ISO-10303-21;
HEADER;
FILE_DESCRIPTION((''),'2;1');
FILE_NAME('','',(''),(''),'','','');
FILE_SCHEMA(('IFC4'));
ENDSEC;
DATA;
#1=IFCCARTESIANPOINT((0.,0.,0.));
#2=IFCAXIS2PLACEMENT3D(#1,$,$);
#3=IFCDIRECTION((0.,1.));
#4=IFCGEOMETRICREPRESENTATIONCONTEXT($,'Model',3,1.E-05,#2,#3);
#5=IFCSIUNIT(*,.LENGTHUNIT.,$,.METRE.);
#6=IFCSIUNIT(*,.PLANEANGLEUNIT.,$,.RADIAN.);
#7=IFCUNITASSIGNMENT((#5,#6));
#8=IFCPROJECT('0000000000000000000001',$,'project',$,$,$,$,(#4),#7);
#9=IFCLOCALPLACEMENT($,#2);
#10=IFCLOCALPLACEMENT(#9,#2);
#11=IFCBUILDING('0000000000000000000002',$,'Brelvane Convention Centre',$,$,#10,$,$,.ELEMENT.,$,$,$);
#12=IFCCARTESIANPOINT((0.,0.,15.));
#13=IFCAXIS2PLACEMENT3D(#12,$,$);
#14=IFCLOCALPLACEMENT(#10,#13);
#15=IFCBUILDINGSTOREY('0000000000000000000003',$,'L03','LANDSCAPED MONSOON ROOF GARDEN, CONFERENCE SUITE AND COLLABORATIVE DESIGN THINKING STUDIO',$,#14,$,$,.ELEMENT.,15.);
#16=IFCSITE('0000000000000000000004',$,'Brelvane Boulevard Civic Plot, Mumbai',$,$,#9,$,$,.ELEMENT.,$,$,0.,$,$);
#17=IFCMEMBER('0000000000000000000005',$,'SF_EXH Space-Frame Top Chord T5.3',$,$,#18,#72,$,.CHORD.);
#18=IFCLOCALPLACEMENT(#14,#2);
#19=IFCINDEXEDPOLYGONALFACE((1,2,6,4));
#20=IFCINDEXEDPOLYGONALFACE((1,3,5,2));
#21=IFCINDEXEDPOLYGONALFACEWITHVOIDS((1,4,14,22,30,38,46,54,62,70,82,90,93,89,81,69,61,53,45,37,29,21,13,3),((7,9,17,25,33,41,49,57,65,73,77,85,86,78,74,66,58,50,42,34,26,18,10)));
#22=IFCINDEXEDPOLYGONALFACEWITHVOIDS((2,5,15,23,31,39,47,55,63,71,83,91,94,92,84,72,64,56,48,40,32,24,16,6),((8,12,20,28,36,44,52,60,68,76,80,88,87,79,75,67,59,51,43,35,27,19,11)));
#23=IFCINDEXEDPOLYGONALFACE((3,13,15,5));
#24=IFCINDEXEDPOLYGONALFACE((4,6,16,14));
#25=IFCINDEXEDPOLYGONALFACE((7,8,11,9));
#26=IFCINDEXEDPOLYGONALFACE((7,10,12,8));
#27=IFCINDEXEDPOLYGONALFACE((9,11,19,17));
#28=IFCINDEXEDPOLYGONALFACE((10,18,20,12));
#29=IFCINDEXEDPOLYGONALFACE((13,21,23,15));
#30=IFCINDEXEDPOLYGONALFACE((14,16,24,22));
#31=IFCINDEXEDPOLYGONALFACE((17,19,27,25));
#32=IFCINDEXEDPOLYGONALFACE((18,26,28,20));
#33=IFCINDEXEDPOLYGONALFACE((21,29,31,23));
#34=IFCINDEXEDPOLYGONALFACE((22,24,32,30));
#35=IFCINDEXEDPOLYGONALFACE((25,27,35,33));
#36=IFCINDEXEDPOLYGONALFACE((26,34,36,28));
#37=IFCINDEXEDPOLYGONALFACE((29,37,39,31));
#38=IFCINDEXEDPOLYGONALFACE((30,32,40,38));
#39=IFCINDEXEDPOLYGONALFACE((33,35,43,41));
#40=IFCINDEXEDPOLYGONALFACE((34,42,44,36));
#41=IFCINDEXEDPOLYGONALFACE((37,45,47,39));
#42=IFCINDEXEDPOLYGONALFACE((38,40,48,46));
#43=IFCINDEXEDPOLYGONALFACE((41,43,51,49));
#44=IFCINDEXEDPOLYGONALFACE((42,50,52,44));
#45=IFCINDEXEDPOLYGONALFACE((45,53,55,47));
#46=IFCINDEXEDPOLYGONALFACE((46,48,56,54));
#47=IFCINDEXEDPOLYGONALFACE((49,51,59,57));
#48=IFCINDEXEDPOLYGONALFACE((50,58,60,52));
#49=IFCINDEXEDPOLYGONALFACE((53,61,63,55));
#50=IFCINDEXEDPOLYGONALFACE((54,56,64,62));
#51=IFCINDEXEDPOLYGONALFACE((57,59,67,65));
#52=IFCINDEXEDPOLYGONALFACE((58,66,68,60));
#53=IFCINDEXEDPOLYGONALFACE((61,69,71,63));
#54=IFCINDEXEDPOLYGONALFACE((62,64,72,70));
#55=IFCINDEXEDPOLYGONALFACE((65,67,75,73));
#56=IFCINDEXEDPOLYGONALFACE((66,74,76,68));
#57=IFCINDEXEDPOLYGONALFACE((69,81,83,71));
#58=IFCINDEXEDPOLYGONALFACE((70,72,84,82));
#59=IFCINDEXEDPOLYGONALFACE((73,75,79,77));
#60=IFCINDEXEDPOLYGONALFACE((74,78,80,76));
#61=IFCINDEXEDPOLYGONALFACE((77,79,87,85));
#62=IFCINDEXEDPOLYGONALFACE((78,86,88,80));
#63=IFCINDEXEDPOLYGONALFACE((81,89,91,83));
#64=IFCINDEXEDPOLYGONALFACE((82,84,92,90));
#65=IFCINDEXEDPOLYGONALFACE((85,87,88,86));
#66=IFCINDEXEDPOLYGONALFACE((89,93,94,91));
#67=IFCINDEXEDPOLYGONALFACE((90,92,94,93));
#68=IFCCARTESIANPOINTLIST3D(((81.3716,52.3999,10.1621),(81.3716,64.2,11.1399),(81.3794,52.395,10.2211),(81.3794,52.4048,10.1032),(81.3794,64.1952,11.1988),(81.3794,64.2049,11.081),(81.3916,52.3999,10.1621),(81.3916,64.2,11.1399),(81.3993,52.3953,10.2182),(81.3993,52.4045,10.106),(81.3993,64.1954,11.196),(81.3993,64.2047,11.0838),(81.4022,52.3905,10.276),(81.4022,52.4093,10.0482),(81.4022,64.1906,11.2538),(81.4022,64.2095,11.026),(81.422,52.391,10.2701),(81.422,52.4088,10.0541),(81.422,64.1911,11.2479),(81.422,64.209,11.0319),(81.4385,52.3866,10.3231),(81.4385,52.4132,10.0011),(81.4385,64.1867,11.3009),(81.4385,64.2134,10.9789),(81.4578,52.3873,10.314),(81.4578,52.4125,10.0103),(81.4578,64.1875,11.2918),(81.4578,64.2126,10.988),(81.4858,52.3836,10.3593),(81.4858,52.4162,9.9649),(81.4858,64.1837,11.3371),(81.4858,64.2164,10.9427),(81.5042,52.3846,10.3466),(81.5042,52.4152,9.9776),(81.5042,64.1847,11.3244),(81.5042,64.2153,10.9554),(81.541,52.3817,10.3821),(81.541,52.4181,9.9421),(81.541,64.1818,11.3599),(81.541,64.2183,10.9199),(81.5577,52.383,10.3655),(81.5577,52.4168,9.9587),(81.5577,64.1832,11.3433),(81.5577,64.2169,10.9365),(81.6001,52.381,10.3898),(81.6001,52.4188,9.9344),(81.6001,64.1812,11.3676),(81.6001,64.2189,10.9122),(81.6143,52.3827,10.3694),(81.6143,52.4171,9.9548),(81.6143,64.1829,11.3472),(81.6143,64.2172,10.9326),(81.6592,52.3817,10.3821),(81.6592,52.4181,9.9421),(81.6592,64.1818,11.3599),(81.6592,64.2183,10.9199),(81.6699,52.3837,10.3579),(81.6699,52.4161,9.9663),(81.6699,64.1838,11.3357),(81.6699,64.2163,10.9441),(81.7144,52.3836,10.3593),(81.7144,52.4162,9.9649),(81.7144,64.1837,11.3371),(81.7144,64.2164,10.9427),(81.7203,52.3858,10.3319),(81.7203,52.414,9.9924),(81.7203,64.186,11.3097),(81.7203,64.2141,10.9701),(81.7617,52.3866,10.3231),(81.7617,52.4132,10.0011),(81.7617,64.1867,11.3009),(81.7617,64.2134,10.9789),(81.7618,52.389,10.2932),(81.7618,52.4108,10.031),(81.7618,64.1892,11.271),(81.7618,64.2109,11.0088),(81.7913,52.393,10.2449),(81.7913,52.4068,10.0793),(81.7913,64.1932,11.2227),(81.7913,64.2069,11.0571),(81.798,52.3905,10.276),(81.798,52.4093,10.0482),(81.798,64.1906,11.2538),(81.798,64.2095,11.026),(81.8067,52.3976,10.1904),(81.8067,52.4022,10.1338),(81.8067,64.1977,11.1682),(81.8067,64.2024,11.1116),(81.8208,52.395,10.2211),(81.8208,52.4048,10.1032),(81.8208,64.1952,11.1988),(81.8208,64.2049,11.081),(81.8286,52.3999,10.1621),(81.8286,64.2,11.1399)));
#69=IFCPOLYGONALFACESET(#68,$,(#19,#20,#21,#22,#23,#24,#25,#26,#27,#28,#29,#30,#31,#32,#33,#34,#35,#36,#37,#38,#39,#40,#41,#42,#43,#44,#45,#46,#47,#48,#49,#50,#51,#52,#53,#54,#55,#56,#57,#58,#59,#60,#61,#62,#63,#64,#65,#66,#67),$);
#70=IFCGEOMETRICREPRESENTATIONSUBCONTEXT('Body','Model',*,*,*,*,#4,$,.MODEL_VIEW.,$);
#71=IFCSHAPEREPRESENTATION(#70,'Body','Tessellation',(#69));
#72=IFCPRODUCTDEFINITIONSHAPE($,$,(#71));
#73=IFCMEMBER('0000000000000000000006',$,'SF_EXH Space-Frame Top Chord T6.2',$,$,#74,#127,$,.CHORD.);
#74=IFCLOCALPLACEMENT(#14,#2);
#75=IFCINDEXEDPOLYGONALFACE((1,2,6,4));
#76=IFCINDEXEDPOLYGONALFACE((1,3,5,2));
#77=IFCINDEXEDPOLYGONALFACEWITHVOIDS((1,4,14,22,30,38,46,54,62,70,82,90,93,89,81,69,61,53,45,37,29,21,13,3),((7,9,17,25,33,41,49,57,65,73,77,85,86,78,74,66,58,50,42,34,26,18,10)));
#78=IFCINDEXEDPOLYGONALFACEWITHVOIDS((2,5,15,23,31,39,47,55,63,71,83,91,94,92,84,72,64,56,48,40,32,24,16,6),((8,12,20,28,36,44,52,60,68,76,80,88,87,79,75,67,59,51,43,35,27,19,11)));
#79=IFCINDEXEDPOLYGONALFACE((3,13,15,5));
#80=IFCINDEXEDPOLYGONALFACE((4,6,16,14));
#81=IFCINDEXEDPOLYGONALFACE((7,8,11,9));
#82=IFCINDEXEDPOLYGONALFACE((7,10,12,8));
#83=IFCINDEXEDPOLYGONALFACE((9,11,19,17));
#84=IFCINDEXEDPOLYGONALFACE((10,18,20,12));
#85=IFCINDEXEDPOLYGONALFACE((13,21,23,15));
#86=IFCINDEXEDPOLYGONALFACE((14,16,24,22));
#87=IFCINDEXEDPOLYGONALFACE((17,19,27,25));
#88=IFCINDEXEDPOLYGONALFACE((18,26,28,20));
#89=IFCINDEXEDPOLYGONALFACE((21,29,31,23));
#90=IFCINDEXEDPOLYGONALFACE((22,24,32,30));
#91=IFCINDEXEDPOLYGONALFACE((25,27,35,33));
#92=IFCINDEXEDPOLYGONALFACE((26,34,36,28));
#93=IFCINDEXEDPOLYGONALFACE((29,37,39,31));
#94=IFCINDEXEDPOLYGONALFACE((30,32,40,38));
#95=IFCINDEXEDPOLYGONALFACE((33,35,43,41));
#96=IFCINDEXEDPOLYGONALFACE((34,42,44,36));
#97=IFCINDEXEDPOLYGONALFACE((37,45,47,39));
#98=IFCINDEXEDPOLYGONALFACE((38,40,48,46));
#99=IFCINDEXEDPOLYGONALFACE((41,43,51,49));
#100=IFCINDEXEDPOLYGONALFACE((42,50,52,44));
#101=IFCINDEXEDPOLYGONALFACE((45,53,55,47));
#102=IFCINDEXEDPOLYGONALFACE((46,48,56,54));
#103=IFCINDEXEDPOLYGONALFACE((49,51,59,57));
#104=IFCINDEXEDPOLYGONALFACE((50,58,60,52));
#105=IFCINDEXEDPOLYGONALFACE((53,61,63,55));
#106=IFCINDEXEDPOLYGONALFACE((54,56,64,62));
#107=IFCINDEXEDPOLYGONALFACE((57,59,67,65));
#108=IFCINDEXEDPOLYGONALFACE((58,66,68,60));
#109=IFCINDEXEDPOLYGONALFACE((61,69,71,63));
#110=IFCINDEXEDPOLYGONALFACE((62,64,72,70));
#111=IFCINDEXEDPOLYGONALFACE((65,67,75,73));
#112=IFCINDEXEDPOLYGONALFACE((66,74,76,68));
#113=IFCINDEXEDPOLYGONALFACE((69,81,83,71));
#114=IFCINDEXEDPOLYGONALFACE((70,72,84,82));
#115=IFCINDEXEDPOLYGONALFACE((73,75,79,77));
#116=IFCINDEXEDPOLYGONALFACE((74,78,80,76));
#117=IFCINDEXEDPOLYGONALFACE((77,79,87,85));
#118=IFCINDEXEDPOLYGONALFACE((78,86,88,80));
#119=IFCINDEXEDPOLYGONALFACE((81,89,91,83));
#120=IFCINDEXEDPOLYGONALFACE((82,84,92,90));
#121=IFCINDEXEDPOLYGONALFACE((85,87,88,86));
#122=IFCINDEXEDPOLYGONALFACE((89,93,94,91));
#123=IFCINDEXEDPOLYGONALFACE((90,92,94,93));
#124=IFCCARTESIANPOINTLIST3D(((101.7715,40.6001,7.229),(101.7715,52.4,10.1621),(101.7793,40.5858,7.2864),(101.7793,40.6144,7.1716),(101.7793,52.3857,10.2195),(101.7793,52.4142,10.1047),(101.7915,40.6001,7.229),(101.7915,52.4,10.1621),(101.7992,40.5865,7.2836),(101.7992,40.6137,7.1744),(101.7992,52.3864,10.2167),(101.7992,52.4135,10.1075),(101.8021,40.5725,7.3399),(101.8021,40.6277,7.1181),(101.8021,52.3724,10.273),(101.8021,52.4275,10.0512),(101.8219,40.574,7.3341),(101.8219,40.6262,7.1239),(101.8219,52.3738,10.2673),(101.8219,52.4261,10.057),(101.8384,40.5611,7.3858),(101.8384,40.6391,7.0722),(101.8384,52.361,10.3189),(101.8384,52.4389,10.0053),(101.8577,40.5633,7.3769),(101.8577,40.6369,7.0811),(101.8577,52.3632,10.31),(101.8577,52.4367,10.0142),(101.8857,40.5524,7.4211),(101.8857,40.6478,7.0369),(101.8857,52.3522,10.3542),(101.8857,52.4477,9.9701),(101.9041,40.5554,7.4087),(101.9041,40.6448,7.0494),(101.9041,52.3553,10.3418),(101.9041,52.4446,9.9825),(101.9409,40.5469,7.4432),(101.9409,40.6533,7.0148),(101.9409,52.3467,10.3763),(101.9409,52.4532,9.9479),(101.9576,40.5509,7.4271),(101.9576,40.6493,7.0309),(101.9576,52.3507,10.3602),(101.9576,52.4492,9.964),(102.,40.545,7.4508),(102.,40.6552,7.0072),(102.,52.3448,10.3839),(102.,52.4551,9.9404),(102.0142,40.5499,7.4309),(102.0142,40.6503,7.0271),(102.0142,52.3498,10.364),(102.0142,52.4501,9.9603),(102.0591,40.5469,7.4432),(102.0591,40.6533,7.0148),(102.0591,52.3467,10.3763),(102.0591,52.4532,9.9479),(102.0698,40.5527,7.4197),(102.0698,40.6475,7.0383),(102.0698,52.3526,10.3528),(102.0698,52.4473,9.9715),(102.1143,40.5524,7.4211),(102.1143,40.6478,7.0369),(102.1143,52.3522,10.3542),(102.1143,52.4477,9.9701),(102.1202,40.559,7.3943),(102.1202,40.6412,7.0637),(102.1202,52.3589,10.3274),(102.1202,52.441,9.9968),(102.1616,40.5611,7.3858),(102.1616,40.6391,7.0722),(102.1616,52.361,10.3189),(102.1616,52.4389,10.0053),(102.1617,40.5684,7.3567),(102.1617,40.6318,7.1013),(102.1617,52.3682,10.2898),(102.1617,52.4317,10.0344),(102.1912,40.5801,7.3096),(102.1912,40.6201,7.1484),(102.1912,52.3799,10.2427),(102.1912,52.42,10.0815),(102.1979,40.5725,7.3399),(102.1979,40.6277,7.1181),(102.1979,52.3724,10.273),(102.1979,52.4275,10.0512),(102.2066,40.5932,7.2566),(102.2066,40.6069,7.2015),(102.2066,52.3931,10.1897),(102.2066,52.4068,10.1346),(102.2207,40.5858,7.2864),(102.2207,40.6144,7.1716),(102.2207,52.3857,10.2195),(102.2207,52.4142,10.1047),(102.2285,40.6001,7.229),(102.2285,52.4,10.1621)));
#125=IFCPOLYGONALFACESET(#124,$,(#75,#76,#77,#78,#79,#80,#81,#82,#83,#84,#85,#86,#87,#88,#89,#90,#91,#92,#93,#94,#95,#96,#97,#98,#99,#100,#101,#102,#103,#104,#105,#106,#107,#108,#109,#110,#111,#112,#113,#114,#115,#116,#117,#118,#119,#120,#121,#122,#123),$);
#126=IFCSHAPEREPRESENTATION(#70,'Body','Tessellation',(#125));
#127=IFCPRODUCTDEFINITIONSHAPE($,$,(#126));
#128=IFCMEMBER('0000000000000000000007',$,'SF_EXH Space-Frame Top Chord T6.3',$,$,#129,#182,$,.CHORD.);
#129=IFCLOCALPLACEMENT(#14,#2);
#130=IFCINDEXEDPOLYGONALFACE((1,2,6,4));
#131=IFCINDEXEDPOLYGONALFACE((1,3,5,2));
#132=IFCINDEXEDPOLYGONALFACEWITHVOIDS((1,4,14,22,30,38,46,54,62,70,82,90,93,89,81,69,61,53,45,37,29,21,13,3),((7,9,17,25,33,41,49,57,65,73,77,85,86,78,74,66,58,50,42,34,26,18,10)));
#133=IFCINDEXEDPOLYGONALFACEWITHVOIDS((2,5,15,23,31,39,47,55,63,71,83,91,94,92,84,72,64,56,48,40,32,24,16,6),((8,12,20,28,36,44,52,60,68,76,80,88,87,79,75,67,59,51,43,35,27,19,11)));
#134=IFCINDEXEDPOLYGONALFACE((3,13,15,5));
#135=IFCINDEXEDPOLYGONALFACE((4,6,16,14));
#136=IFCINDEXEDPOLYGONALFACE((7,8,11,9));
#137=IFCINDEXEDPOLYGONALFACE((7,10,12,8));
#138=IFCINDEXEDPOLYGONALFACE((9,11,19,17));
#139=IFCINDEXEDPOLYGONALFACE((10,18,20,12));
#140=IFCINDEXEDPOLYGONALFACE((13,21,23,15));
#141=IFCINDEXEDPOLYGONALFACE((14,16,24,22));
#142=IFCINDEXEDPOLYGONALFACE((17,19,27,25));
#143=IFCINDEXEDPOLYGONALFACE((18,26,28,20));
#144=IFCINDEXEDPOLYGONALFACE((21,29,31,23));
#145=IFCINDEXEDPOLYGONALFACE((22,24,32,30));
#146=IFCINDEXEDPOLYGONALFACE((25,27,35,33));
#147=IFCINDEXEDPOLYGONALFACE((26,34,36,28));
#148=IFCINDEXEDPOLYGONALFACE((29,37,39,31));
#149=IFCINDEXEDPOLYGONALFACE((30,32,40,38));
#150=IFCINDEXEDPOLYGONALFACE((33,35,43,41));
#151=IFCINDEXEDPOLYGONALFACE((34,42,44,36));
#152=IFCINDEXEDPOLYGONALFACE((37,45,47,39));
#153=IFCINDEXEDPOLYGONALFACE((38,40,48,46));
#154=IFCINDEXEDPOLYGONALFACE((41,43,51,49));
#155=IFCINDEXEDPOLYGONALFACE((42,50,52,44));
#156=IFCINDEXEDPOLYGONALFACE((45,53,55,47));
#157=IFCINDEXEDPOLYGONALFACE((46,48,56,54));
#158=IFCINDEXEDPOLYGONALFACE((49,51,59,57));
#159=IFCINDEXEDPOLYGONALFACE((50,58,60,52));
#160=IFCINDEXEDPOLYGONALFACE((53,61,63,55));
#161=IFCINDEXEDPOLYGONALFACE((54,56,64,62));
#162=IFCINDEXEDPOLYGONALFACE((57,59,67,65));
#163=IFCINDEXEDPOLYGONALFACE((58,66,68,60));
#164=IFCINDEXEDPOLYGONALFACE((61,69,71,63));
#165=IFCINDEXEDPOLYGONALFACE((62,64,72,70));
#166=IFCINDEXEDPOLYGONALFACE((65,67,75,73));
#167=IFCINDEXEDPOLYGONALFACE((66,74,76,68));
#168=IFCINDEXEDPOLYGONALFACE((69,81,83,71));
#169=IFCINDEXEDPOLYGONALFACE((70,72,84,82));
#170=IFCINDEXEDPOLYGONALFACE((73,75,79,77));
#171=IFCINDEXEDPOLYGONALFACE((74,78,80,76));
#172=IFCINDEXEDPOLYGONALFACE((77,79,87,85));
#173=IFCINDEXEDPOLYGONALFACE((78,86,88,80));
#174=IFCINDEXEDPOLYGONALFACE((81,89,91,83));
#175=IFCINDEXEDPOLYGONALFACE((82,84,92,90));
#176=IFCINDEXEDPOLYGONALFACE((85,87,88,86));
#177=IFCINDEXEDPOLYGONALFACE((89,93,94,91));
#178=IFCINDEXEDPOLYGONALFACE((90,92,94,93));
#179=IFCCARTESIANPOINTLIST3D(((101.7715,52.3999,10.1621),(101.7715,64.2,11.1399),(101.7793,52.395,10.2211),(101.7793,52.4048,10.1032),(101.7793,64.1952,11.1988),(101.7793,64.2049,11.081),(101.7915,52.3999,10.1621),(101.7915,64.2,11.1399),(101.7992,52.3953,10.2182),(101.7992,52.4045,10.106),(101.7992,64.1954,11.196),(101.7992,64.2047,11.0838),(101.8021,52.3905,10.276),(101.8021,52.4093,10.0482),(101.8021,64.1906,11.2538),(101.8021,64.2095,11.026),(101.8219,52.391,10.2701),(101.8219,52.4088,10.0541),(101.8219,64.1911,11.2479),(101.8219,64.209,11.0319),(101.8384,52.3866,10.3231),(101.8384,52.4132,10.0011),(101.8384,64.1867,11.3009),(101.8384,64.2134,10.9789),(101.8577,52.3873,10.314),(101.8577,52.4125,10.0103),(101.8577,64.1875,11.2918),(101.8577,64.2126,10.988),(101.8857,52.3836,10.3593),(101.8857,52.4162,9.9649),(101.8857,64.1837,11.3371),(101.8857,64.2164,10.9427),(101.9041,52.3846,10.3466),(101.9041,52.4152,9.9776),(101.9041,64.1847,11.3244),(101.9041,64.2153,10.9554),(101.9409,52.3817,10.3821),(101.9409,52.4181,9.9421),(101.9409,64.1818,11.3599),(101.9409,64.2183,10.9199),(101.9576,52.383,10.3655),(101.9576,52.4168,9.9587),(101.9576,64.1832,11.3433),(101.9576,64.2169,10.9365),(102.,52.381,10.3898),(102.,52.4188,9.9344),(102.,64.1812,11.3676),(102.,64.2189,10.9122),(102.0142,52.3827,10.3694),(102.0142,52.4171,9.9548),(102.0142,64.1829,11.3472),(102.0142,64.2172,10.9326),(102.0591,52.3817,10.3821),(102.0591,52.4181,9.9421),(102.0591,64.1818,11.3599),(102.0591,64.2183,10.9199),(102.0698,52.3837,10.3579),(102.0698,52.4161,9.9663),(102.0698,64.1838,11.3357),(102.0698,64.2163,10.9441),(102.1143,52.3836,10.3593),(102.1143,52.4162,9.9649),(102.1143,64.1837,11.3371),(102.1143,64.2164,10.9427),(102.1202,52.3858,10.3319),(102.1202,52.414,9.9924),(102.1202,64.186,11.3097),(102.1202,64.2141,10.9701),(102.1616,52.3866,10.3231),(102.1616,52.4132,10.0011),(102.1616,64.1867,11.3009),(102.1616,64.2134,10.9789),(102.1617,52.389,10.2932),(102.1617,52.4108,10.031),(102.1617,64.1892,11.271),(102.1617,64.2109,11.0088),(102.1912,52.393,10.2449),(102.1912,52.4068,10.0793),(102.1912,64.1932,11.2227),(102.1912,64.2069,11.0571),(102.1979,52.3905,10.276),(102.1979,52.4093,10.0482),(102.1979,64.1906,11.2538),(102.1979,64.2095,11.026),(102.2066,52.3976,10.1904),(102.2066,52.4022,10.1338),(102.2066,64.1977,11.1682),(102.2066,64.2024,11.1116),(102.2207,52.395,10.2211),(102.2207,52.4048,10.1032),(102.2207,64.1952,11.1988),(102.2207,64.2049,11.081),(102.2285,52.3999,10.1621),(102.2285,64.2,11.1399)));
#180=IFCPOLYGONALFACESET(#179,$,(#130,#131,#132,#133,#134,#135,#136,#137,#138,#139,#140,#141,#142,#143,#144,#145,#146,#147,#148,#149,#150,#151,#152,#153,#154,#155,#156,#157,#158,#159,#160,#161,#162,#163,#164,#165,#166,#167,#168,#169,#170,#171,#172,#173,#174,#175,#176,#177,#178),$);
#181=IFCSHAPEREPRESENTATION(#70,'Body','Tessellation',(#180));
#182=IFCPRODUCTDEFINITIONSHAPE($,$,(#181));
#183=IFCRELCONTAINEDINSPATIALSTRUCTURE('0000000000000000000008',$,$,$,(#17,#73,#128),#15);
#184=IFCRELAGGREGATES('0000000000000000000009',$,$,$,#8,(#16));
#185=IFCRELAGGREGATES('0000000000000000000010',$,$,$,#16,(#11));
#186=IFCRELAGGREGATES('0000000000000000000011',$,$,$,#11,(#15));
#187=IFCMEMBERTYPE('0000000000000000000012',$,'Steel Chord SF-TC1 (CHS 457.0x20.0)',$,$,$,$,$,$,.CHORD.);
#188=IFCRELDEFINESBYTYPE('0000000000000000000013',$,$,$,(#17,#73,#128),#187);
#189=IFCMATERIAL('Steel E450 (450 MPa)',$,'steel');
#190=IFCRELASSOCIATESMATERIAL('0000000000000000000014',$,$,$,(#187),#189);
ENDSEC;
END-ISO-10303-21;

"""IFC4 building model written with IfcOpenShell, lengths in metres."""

from ifc_helpers import new_model, si_unit, direction, frame, origin, origin_2d, place, context, subcontext, project, spatial, hollow_circle, extrude, material, material_profile, profile_set, type_object, element, save


model = new_model("IFC4")

# Units and contexts
model_context = context("Model", 3, precision=1e-05, world=origin(), true_north=direction((0.0, 1.0)))
body_context = subcontext(model_context, "Body", "Model", "MODEL_VIEW")
ifc_project = project(units=[si_unit("LENGTHUNIT", "METRE"), si_unit("PLANEANGLEUNIT", "RADIAN")], contexts=[model_context])

# Site, building, storey
site_placement = place(None, origin())
site = spatial("IfcSite", under=ifc_project, at=site_placement, Name="Brelvane Boulevard Civic Plot, Mumbai", CompositionType="ELEMENT", RefElevation=0.0)
building_placement = place(site_placement, origin())
building = spatial("IfcBuilding", under=site, at=building_placement, Name="Brelvane Convention Centre", CompositionType="ELEMENT")
storey_placement = place(building_placement, frame((0.0, 0.0, 15.0)))
storey = spatial("IfcBuildingStorey", under=building, at=storey_placement, Name="L03", Description="LANDSCAPED MONSOON ROOF GARDEN, CONFERENCE SUITE AND COLLABORATIVE DESIGN THINKING STUDIO", CompositionType="ELEMENT", Elevation=15.0)

# Members
ifc_material_1 = material(Name="Steel E450 (450 MPa)", Category="steel")
ifc_material_profile_1 = material_profile(ifc_material_1, hollow_circle(Radius=0.2285, WallThickness=0.02, at=origin_2d()), Name="CHS 457.0x20.0")
ifc_profile_set_1 = profile_set([ifc_material_profile_1], Name="Steel E450 (450 MPa)")
member_type_1 = type_object("IfcMemberType", Name="Steel Chord SF-TC1 (CHS 457.0x20.0)", PredefinedType="CHORD", material=ifc_profile_set_1)
member_1_placement = place(storey_placement, frame((81.6001, 52.3999, 10.1621), z_axis=(0.0, 0.996584, 0.08258), x_axis=(-1.0, 0.0, 0.0)))
element("IfcMember", 1, at=member_1_placement, inside=storey, type_object=member_type_1, Name="SF_EXH Space-Frame Top Chord T5.3", PredefinedType="CHORD", context=body_context, shape_type="SweptSolid", body=[
    extrude(hollow_circle(Radius=0.2285, WallThickness=0.02, at=origin_2d()), origin(), (0.0, 0.0, 1.0), 11.8406),
])
member_2_placement = place(storey_placement, frame((102.0, 40.6001, 7.229), z_axis=(0.0, 0.970468, 0.241231), x_axis=(-1.0, 0.0, 0.0)))
element("IfcMember", 2, at=member_2_placement, inside=storey, type_object=member_type_1, Name="SF_EXH Space-Frame Top Chord T6.2", PredefinedType="CHORD", context=body_context, shape_type="SweptSolid", body=[
    extrude(hollow_circle(Radius=0.2285, WallThickness=0.02, at=origin_2d()), origin(), (0.0, 0.0, 1.0), 12.1589),
])
member_3_placement = place(storey_placement, frame((102.0, 52.3999, 10.1621), z_axis=(0.0, 0.996584, 0.08258), x_axis=(-1.0, 0.0, 0.0)))
element("IfcMember", 3, at=member_3_placement, inside=storey, type_object=member_type_1, Name="SF_EXH Space-Frame Top Chord T6.3", PredefinedType="CHORD", context=body_context, shape_type="SweptSolid", body=[
    extrude(hollow_circle(Radius=0.2285, WallThickness=0.02, at=origin_2d()), origin(), (0.0, 0.0, 1.0), 11.8406),
])

save(model, "model.ifc")
